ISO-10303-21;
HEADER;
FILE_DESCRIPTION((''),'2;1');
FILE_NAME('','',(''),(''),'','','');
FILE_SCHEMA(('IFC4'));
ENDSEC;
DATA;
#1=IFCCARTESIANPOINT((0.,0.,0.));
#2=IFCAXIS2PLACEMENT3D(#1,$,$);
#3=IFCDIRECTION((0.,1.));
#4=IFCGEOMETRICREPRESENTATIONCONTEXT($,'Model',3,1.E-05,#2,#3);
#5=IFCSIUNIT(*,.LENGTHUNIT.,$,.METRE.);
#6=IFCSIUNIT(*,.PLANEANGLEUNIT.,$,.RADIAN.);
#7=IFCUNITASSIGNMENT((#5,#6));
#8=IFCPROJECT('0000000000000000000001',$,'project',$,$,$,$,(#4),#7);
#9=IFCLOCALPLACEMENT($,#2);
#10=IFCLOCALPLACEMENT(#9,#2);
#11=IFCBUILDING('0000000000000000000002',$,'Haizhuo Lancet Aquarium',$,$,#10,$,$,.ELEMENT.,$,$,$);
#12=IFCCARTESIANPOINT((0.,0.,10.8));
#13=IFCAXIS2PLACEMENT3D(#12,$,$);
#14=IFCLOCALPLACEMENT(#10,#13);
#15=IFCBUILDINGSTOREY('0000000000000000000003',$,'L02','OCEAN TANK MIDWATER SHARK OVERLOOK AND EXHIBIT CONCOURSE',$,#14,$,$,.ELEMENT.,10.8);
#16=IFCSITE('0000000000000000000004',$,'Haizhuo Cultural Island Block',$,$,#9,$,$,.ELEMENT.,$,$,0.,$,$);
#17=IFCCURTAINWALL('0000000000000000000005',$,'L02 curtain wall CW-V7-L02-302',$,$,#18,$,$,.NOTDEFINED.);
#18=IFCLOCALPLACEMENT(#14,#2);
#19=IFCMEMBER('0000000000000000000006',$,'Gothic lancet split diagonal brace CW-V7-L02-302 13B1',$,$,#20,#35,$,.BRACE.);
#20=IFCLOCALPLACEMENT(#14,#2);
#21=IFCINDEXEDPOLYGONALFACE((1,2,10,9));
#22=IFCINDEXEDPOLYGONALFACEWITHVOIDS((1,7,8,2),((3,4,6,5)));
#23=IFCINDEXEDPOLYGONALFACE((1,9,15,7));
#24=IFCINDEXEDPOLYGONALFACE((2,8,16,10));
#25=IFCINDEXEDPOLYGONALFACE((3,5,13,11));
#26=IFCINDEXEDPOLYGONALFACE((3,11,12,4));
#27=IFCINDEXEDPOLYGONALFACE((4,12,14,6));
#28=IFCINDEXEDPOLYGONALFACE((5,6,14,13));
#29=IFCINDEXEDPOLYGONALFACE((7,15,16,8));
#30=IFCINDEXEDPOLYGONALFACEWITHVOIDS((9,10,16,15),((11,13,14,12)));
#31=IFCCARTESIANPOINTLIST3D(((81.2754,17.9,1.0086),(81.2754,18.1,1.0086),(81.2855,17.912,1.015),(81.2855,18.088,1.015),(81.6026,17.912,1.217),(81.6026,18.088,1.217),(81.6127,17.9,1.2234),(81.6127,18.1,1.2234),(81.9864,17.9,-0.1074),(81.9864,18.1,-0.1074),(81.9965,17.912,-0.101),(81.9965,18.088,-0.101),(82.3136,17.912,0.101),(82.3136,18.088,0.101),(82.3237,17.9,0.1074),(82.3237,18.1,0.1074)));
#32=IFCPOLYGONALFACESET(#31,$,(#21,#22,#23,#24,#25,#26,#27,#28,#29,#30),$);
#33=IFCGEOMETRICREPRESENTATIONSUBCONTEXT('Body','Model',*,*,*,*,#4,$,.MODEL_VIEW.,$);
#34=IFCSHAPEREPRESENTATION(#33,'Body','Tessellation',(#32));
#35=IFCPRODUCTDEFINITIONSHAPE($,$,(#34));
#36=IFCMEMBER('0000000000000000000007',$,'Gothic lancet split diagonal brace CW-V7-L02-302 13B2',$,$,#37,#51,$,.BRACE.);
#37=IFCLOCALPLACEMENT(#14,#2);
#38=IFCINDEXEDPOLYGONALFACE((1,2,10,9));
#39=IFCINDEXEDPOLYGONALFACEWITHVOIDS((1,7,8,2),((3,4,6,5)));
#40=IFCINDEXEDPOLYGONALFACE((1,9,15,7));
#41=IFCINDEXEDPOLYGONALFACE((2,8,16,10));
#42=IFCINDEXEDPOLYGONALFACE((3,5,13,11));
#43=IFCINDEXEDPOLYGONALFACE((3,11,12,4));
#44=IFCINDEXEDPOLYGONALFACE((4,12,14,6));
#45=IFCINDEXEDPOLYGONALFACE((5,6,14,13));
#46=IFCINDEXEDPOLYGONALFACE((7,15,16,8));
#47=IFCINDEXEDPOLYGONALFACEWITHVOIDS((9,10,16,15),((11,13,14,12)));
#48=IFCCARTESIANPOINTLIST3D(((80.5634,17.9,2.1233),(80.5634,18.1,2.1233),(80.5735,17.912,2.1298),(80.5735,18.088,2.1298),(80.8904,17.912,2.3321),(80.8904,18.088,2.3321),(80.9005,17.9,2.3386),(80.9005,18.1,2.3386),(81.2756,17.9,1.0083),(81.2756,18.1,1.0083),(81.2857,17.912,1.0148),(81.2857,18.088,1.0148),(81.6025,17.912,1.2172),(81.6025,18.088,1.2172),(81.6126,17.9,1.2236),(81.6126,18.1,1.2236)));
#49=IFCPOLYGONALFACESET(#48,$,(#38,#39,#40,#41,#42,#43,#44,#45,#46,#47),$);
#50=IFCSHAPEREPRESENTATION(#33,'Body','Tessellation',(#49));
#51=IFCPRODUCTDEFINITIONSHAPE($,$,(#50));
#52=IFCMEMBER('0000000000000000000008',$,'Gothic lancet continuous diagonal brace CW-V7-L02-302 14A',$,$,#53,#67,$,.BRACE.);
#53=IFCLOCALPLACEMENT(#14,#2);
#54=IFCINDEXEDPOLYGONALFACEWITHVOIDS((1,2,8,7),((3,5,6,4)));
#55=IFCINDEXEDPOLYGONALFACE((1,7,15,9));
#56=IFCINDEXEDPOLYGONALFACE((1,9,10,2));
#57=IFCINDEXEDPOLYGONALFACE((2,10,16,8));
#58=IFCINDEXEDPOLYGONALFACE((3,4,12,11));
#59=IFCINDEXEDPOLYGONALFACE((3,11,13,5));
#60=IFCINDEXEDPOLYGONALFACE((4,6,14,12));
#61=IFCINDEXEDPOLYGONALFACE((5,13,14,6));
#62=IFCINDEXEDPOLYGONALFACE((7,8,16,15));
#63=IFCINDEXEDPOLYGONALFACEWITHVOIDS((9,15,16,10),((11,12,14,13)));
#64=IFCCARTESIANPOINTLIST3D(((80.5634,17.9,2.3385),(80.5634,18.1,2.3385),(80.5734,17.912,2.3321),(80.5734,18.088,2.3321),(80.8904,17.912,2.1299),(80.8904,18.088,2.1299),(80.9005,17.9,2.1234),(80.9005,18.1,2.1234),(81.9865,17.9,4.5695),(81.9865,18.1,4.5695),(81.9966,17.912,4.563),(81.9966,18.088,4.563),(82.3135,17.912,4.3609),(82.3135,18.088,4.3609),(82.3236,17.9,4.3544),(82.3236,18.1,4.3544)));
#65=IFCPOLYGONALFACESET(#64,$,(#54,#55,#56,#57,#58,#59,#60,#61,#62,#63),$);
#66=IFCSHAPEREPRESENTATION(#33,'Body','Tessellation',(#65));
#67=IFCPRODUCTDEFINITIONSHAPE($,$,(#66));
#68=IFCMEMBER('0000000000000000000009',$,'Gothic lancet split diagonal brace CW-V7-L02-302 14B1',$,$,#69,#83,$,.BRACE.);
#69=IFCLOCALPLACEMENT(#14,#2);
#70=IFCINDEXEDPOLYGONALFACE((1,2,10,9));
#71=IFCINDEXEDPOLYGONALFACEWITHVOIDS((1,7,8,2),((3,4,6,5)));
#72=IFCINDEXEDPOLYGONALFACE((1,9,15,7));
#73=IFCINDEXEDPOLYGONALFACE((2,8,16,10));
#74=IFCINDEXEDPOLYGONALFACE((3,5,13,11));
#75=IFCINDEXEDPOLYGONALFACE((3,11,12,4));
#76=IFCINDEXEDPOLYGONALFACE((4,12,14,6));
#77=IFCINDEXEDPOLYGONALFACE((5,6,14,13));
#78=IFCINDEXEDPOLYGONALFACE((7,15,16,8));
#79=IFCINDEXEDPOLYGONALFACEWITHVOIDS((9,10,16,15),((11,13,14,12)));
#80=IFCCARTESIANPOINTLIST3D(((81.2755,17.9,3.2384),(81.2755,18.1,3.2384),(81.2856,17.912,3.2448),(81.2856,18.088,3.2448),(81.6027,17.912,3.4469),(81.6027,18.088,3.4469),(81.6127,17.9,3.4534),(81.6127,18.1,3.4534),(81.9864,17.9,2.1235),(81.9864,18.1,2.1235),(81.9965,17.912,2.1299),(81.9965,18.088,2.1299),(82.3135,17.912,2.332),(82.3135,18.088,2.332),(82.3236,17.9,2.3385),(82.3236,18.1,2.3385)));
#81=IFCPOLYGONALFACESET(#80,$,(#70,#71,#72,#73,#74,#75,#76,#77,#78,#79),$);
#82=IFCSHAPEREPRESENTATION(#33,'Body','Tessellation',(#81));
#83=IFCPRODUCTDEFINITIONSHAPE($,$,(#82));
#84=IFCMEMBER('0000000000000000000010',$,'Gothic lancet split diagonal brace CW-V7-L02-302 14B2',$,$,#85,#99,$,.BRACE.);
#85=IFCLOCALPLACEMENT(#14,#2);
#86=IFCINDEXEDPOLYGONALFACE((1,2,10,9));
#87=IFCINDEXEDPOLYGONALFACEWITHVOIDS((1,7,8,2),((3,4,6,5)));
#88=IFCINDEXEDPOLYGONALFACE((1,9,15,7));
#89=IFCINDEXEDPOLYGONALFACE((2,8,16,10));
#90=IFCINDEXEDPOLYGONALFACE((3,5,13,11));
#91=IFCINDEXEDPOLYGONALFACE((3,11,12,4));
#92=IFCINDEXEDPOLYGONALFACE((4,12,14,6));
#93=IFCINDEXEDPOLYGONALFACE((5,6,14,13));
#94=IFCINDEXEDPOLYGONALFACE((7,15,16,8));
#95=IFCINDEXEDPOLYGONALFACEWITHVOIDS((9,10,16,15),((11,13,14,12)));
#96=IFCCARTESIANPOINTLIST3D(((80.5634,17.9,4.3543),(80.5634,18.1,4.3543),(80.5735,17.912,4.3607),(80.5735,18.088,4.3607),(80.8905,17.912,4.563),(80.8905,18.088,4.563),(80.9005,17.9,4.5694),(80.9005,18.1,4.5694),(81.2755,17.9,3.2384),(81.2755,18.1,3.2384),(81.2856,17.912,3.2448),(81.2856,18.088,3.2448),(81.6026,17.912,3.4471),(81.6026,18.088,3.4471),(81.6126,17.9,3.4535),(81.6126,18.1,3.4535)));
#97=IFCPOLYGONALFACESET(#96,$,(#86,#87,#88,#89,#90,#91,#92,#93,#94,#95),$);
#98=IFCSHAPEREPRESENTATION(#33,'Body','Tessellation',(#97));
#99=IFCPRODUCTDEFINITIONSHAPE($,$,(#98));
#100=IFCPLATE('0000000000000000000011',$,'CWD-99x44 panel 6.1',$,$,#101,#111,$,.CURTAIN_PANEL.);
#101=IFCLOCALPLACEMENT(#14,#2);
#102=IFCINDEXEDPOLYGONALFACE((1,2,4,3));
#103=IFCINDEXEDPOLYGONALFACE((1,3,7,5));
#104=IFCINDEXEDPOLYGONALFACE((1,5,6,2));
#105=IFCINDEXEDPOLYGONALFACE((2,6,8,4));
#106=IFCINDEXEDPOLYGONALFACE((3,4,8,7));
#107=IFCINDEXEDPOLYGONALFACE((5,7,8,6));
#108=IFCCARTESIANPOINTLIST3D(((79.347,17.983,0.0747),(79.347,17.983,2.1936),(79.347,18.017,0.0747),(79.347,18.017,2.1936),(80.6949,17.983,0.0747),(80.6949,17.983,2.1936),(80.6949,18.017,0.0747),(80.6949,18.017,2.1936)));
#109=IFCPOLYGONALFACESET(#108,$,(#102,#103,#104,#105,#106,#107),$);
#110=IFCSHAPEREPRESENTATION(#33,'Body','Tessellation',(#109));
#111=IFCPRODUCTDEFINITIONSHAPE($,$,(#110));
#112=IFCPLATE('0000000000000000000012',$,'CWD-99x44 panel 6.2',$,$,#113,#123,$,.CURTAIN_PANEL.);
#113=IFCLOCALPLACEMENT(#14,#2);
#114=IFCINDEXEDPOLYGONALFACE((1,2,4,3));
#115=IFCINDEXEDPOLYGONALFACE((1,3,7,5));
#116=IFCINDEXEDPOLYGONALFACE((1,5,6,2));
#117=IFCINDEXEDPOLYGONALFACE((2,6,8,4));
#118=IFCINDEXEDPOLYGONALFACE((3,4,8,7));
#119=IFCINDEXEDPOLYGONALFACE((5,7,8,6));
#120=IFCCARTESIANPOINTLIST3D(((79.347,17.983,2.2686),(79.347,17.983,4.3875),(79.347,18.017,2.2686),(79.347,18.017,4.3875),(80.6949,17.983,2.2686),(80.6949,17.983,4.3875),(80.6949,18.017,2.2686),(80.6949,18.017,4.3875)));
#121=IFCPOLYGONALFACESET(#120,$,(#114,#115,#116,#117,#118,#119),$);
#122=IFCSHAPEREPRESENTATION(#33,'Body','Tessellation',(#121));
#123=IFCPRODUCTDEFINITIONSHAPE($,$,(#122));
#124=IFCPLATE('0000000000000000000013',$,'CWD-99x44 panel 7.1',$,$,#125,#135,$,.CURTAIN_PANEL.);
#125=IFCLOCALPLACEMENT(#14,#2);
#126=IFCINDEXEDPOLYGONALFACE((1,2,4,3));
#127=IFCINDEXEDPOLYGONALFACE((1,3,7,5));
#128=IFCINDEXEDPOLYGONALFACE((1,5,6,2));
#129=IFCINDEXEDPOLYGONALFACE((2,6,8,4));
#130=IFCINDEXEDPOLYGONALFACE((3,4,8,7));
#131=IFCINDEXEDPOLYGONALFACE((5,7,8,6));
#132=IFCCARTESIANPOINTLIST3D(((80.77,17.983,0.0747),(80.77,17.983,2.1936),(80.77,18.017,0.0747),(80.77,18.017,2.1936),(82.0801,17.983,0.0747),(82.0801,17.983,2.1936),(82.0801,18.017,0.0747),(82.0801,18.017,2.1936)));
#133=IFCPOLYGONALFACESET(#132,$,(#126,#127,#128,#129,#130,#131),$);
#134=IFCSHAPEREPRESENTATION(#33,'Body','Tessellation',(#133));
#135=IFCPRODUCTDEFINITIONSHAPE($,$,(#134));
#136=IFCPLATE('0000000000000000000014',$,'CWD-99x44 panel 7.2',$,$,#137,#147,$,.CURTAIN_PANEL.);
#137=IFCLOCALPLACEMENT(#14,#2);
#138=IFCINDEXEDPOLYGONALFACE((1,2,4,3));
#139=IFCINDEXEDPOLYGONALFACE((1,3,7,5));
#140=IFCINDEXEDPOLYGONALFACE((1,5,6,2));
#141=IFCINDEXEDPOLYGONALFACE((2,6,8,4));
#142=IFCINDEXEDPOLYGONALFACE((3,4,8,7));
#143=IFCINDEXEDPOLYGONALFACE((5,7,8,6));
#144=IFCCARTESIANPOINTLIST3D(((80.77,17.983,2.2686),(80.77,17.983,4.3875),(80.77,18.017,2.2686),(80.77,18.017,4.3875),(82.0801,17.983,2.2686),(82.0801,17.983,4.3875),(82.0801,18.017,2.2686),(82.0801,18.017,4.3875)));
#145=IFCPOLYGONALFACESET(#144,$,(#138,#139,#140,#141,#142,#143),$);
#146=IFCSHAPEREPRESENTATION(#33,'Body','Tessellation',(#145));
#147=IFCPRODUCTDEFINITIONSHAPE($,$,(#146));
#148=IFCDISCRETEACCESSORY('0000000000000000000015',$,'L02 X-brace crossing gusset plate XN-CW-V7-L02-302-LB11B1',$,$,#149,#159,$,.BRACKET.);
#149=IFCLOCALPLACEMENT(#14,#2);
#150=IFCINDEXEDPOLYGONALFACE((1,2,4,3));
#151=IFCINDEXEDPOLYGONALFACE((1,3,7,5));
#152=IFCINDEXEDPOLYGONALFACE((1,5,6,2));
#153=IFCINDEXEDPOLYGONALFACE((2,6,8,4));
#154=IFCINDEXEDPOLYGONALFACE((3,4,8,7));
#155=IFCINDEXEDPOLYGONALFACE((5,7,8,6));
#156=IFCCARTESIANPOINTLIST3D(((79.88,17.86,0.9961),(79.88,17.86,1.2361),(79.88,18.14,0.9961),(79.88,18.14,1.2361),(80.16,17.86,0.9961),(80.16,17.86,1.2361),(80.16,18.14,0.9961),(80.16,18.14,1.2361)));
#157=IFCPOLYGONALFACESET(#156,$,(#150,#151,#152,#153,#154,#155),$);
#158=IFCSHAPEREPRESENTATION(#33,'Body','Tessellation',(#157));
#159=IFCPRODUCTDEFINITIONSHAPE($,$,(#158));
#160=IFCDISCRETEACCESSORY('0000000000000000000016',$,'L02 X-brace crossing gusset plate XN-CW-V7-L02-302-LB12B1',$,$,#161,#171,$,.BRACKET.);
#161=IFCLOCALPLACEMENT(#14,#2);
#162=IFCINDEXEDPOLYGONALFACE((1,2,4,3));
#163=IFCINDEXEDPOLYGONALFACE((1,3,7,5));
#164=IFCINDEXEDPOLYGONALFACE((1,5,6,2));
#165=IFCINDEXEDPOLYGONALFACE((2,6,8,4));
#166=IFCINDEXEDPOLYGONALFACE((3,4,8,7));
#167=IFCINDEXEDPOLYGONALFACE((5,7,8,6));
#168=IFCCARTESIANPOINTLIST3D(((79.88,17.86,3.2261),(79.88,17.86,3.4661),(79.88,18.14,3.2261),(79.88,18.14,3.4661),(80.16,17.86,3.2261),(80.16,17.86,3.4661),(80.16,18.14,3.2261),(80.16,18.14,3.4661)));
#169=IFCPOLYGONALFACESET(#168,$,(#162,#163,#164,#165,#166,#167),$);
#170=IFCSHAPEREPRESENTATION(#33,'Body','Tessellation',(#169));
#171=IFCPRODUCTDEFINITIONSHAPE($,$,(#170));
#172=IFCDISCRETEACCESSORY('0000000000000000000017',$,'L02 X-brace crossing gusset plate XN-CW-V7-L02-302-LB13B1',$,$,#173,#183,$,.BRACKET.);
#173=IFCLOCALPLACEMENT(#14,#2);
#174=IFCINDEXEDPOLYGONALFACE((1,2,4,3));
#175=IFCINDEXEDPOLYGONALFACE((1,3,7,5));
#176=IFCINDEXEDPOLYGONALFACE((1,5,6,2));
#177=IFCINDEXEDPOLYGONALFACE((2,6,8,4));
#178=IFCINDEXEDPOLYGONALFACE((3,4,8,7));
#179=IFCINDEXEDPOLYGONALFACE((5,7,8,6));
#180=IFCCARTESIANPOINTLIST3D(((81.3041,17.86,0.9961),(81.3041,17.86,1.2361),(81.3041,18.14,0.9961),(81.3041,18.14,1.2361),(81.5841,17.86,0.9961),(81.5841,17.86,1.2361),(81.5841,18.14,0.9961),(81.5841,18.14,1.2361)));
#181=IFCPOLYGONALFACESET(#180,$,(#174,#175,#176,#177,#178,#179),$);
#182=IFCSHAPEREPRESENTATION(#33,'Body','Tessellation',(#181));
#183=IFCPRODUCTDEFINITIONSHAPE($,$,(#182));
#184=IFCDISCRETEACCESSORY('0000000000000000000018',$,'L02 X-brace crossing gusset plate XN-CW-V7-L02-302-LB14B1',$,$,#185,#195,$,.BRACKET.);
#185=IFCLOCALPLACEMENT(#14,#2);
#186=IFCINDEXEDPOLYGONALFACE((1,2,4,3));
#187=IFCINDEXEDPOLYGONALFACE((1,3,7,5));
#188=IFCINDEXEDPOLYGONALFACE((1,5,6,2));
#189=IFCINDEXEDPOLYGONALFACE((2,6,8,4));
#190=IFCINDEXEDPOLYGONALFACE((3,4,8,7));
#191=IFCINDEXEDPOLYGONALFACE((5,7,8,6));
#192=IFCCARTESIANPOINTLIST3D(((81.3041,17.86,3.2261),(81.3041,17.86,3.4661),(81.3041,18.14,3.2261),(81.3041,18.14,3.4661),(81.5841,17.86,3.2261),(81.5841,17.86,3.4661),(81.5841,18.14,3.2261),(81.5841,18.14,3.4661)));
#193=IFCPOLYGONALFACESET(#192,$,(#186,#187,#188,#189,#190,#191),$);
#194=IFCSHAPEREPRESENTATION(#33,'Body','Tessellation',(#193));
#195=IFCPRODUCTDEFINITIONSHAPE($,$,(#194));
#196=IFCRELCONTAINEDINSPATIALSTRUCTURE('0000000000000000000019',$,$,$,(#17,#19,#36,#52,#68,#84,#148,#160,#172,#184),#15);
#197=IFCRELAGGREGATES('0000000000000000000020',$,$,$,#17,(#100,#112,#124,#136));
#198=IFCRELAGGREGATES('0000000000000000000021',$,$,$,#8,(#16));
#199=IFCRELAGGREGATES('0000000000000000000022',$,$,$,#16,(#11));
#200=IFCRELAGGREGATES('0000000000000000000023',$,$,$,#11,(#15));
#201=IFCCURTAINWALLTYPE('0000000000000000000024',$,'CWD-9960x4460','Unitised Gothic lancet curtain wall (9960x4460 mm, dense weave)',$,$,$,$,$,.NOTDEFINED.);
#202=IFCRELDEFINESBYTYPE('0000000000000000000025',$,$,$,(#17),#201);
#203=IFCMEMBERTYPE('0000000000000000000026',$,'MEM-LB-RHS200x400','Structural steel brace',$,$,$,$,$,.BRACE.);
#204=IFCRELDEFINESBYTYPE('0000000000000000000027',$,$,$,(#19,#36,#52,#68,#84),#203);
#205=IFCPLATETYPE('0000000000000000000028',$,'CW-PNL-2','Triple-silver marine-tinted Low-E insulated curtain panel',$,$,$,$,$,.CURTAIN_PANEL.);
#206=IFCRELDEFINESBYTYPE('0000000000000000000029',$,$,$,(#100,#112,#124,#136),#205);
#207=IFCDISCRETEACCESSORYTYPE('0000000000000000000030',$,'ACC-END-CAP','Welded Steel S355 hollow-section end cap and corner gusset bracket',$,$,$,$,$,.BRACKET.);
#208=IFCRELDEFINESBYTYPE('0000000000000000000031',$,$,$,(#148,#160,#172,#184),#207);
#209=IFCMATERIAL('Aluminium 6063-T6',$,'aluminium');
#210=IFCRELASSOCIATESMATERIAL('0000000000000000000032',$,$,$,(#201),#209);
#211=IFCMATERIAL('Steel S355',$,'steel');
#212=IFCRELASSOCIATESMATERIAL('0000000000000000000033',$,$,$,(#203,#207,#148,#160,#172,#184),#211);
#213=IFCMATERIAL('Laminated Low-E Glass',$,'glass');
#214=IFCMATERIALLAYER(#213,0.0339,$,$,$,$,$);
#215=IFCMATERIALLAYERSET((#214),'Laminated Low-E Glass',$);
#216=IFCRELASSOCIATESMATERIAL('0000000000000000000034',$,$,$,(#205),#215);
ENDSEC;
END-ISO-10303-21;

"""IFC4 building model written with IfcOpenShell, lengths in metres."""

from ifc_helpers import new_model, si_unit, direction, frame, origin, origin_2d, place, context, subcontext, project, spatial, rectangle, hollow_rectangle, extrude, material, layer, layer_set, material_profile, profile_set, type_object, element, aggregate, save


model = new_model("IFC4")

# Units and contexts
model_context = context("Model", 3, precision=1e-05, world=origin(), true_north=direction((0.0, 1.0)))
body_context = subcontext(model_context, "Body", "Model", "MODEL_VIEW")
ifc_project = project(units=[si_unit("LENGTHUNIT", "METRE"), si_unit("PLANEANGLEUNIT", "RADIAN")], contexts=[model_context])

# Site, building, storey
site_placement = place(None, origin())
site = spatial("IfcSite", under=ifc_project, at=site_placement, Name="Haizhuo Cultural Island Block", CompositionType="ELEMENT", RefElevation=0.0)
building_placement = place(site_placement, origin())
building = spatial("IfcBuilding", under=site, at=building_placement, Name="Haizhuo Lancet Aquarium", CompositionType="ELEMENT")
storey_placement = place(building_placement, frame((0.0, 0.0, 10.8)))
storey = spatial("IfcBuildingStorey", under=building, at=storey_placement, Name="L02", Description="OCEAN TANK MIDWATER SHARK OVERLOOK AND EXHIBIT CONCOURSE", CompositionType="ELEMENT", Elevation=10.8)

# Curtain wall
ifc_material_1 = material(Name="Aluminium 6063-T6", Category="aluminium")
curtain_wall_type = type_object("IfcCurtainWallType", Name="CWD-9960x4460", Description="Unitised Gothic lancet curtain wall (9960x4460 mm, dense weave)", PredefinedType="NOTDEFINED", material=ifc_material_1)
curtain_wall_placement = place(storey_placement, origin())
curtain_wall = element("IfcCurtainWall", 1, at=curtain_wall_placement, inside=storey, type_object=curtain_wall_type, Name="L02 curtain wall CW-V7-L02-302", PredefinedType="NOTDEFINED")

# Members
ifc_material_2 = material(Name="Steel S355", Category="steel")
ifc_material_profile_1 = material_profile(ifc_material_2, hollow_rectangle(XDim=0.2, YDim=0.3999, WallThickness=0.012, at=origin_2d()), Name="RHS 200x400x12")
ifc_profile_set_1 = profile_set([ifc_material_profile_1], Name="Steel S355")
member_type_1 = type_object("IfcMemberType", Name="MEM-LB-RHS200x400", Description="Structural steel brace", PredefinedType="BRACE", material=ifc_profile_set_1)
member_1_placement = place(storey_placement, frame((82.155, 18.0, 0.0), z_axis=(-0.537293, 0.0, 0.843395), x_axis=(0.0, -1.0, 0.0)))
element("IfcMember", 2, at=member_1_placement, inside=storey, type_object=member_type_1, Name="Gothic lancet split diagonal brace CW-V7-L02-302 13B1", PredefinedType="BRACE", context=body_context, shape_type="SweptSolid", body=[
    extrude(hollow_rectangle(XDim=0.2, YDim=0.3999, WallThickness=0.012, at=origin_2d()), origin(), (0.0, 0.0, 1.0), 1.3232),
])
member_2_placement = place(storey_placement, frame((81.4441, 18.0, 1.116), z_axis=(-0.538284, 0.0, 0.842764), x_axis=(0.0, -1.0, 0.0)))
element("IfcMember", 3, at=member_2_placement, inside=storey, type_object=member_type_1, Name="Gothic lancet split diagonal brace CW-V7-L02-302 13B2", PredefinedType="BRACE", context=body_context, shape_type="SweptSolid", body=[
    extrude(hollow_rectangle(XDim=0.2, YDim=0.3999, WallThickness=0.012, at=origin_2d()), origin(), (0.0, 0.0, 1.0), 1.323),
])
member_3_placement = place(storey_placement, frame((80.7319, 18.0, 2.231), z_axis=(0.537789, 0.0, 0.84308), x_axis=(0.0, 1.0, 0.0)))
element("IfcMember", 4, at=member_3_placement, inside=storey, type_object=member_type_1, Name="Gothic lancet continuous diagonal brace CW-V7-L02-302 14A", PredefinedType="BRACE", context=body_context, shape_type="SweptSolid", body=[
    extrude(hollow_rectangle(XDim=0.2, YDim=0.3999, WallThickness=0.012, at=origin_2d()), origin(), (0.0, 0.0, 1.0), 2.6462),
])
member_4_placement = place(storey_placement, frame((82.155, 18.0, 2.231), z_axis=(-0.537628, 0.0, 0.843182), x_axis=(0.0, -1.0, 0.0)))
element("IfcMember", 5, at=member_4_placement, inside=storey, type_object=member_type_1, Name="Gothic lancet split diagonal brace CW-V7-L02-302 14B1", PredefinedType="BRACE", context=body_context, shape_type="SweptSolid", body=[
    extrude(hollow_rectangle(XDim=0.2, YDim=0.3999, WallThickness=0.012, at=origin_2d()), origin(), (0.0, 0.0, 1.0), 1.3223),
])
member_5_placement = place(storey_placement, frame((81.4441, 18.0, 3.3459), z_axis=(-0.537949, 0.0, 0.842977), x_axis=(0.0, -1.0, 0.0)))
element("IfcMember", 6, at=member_5_placement, inside=storey, type_object=member_type_1, Name="Gothic lancet split diagonal brace CW-V7-L02-302 14B2", PredefinedType="BRACE", context=body_context, shape_type="SweptSolid", body=[
    extrude(hollow_rectangle(XDim=0.2, YDim=0.3999, WallThickness=0.012, at=origin_2d()), origin(), (0.0, 0.0, 1.0), 1.3237),
])

# Plates
ifc_material_3 = material(Name="Laminated Low-E Glass", Category="glass")
ifc_layer = layer(ifc_material_3, 0.0339)
ifc_layer_set = layer_set([ifc_layer], Name="Laminated Low-E Glass")
plate_type = type_object("IfcPlateType", Name="CW-PNL-2", Description="Triple-silver marine-tinted Low-E insulated curtain panel", PredefinedType="CURTAIN_PANEL", material=ifc_layer_set)
plate_1_placement = place(storey_placement, frame((80.021, 18.0, 0.0747), z_axis=(0.0, 0.0, 1.0), x_axis=(1.0, 0.0, 0.0)))
plate_1 = element("IfcPlate", 7, at=plate_1_placement, type_object=plate_type, Name="CWD-99x44 panel 6.1", PredefinedType="CURTAIN_PANEL", context=body_context, shape_type="SweptSolid", body=[
    extrude(rectangle(XDim=1.3479, YDim=0.0339, at=origin_2d()), origin(), (0.0, 0.0, 1.0), 2.1189),
])
plate_2_placement = place(storey_placement, frame((80.021, 18.0, 2.2686), z_axis=(0.0, 0.0, 1.0), x_axis=(1.0, 0.0, 0.0)))
plate_2 = element("IfcPlate", 8, at=plate_2_placement, type_object=plate_type, Name="CWD-99x44 panel 6.2", PredefinedType="CURTAIN_PANEL", context=body_context, shape_type="SweptSolid", body=[
    extrude(rectangle(XDim=1.3479, YDim=0.0339, at=origin_2d()), origin(), (0.0, 0.0, 1.0), 2.1189),
])
plate_3_placement = place(storey_placement, frame((81.425, 18.0, 0.0747), z_axis=(0.0, 0.0, 1.0), x_axis=(1.0, 0.0, 0.0)))
plate_3 = element("IfcPlate", 9, at=plate_3_placement, type_object=plate_type, Name="CWD-99x44 panel 7.1", PredefinedType="CURTAIN_PANEL", context=body_context, shape_type="SweptSolid", body=[
    extrude(rectangle(XDim=1.3101, YDim=0.0339, at=origin_2d()), origin(), (0.0, 0.0, 1.0), 2.1189),
])
plate_4_placement = place(storey_placement, frame((81.425, 18.0, 2.2686), z_axis=(0.0, 0.0, 1.0), x_axis=(1.0, 0.0, 0.0)))
plate_4 = element("IfcPlate", 10, at=plate_4_placement, type_object=plate_type, Name="CWD-99x44 panel 7.2", PredefinedType="CURTAIN_PANEL", context=body_context, shape_type="SweptSolid", body=[
    extrude(rectangle(XDim=1.3101, YDim=0.0339, at=origin_2d()), origin(), (0.0, 0.0, 1.0), 2.1189),
])
aggregate(curtain_wall, [plate_1, plate_2, plate_3, plate_4])

# Discrete accessories
discrete_accessory_type = type_object("IfcDiscreteAccessoryType", Name="ACC-END-CAP", Description="Welded Steel S355 hollow-section end cap and corner gusset bracket", PredefinedType="BRACKET", material=ifc_material_2)
for number, where, z_axis, x_axis, name in (
    (11, (80.02, 18.0, 0.9961), (0.0, 0.0, 1.0), (1.0, 0.0, 0.0), "L02 X-brace crossing gusset plate XN-CW-V7-L02-302-LB11B1"),
    (12, (80.02, 18.0, 3.2261), (0.0, 0.0, 1.0), (1.0, 0.0, 0.0), "L02 X-brace crossing gusset plate XN-CW-V7-L02-302-LB12B1"),
    (13, (81.4441, 18.0, 0.9961), (0.0, 0.0, 1.0), (1.0, 0.0, 0.0), "L02 X-brace crossing gusset plate XN-CW-V7-L02-302-LB13B1"),
    (14, (81.4441, 18.0, 3.2261), (0.0, 0.0, 1.0), (1.0, 0.0, 0.0), "L02 X-brace crossing gusset plate XN-CW-V7-L02-302-LB14B1"),
):
    element("IfcDiscreteAccessory", number, at=place(storey_placement, frame(where, z_axis=z_axis, x_axis=x_axis)), inside=storey, type_object=discrete_accessory_type, material=ifc_material_2, Name=name, PredefinedType="BRACKET", context=body_context, shape_type="SweptSolid", body=[
        extrude(rectangle(XDim=0.28, YDim=0.28, at=origin_2d()), origin(), (0.0, 0.0, 1.0), 0.24),
    ])

save(model, "model.ifc")
